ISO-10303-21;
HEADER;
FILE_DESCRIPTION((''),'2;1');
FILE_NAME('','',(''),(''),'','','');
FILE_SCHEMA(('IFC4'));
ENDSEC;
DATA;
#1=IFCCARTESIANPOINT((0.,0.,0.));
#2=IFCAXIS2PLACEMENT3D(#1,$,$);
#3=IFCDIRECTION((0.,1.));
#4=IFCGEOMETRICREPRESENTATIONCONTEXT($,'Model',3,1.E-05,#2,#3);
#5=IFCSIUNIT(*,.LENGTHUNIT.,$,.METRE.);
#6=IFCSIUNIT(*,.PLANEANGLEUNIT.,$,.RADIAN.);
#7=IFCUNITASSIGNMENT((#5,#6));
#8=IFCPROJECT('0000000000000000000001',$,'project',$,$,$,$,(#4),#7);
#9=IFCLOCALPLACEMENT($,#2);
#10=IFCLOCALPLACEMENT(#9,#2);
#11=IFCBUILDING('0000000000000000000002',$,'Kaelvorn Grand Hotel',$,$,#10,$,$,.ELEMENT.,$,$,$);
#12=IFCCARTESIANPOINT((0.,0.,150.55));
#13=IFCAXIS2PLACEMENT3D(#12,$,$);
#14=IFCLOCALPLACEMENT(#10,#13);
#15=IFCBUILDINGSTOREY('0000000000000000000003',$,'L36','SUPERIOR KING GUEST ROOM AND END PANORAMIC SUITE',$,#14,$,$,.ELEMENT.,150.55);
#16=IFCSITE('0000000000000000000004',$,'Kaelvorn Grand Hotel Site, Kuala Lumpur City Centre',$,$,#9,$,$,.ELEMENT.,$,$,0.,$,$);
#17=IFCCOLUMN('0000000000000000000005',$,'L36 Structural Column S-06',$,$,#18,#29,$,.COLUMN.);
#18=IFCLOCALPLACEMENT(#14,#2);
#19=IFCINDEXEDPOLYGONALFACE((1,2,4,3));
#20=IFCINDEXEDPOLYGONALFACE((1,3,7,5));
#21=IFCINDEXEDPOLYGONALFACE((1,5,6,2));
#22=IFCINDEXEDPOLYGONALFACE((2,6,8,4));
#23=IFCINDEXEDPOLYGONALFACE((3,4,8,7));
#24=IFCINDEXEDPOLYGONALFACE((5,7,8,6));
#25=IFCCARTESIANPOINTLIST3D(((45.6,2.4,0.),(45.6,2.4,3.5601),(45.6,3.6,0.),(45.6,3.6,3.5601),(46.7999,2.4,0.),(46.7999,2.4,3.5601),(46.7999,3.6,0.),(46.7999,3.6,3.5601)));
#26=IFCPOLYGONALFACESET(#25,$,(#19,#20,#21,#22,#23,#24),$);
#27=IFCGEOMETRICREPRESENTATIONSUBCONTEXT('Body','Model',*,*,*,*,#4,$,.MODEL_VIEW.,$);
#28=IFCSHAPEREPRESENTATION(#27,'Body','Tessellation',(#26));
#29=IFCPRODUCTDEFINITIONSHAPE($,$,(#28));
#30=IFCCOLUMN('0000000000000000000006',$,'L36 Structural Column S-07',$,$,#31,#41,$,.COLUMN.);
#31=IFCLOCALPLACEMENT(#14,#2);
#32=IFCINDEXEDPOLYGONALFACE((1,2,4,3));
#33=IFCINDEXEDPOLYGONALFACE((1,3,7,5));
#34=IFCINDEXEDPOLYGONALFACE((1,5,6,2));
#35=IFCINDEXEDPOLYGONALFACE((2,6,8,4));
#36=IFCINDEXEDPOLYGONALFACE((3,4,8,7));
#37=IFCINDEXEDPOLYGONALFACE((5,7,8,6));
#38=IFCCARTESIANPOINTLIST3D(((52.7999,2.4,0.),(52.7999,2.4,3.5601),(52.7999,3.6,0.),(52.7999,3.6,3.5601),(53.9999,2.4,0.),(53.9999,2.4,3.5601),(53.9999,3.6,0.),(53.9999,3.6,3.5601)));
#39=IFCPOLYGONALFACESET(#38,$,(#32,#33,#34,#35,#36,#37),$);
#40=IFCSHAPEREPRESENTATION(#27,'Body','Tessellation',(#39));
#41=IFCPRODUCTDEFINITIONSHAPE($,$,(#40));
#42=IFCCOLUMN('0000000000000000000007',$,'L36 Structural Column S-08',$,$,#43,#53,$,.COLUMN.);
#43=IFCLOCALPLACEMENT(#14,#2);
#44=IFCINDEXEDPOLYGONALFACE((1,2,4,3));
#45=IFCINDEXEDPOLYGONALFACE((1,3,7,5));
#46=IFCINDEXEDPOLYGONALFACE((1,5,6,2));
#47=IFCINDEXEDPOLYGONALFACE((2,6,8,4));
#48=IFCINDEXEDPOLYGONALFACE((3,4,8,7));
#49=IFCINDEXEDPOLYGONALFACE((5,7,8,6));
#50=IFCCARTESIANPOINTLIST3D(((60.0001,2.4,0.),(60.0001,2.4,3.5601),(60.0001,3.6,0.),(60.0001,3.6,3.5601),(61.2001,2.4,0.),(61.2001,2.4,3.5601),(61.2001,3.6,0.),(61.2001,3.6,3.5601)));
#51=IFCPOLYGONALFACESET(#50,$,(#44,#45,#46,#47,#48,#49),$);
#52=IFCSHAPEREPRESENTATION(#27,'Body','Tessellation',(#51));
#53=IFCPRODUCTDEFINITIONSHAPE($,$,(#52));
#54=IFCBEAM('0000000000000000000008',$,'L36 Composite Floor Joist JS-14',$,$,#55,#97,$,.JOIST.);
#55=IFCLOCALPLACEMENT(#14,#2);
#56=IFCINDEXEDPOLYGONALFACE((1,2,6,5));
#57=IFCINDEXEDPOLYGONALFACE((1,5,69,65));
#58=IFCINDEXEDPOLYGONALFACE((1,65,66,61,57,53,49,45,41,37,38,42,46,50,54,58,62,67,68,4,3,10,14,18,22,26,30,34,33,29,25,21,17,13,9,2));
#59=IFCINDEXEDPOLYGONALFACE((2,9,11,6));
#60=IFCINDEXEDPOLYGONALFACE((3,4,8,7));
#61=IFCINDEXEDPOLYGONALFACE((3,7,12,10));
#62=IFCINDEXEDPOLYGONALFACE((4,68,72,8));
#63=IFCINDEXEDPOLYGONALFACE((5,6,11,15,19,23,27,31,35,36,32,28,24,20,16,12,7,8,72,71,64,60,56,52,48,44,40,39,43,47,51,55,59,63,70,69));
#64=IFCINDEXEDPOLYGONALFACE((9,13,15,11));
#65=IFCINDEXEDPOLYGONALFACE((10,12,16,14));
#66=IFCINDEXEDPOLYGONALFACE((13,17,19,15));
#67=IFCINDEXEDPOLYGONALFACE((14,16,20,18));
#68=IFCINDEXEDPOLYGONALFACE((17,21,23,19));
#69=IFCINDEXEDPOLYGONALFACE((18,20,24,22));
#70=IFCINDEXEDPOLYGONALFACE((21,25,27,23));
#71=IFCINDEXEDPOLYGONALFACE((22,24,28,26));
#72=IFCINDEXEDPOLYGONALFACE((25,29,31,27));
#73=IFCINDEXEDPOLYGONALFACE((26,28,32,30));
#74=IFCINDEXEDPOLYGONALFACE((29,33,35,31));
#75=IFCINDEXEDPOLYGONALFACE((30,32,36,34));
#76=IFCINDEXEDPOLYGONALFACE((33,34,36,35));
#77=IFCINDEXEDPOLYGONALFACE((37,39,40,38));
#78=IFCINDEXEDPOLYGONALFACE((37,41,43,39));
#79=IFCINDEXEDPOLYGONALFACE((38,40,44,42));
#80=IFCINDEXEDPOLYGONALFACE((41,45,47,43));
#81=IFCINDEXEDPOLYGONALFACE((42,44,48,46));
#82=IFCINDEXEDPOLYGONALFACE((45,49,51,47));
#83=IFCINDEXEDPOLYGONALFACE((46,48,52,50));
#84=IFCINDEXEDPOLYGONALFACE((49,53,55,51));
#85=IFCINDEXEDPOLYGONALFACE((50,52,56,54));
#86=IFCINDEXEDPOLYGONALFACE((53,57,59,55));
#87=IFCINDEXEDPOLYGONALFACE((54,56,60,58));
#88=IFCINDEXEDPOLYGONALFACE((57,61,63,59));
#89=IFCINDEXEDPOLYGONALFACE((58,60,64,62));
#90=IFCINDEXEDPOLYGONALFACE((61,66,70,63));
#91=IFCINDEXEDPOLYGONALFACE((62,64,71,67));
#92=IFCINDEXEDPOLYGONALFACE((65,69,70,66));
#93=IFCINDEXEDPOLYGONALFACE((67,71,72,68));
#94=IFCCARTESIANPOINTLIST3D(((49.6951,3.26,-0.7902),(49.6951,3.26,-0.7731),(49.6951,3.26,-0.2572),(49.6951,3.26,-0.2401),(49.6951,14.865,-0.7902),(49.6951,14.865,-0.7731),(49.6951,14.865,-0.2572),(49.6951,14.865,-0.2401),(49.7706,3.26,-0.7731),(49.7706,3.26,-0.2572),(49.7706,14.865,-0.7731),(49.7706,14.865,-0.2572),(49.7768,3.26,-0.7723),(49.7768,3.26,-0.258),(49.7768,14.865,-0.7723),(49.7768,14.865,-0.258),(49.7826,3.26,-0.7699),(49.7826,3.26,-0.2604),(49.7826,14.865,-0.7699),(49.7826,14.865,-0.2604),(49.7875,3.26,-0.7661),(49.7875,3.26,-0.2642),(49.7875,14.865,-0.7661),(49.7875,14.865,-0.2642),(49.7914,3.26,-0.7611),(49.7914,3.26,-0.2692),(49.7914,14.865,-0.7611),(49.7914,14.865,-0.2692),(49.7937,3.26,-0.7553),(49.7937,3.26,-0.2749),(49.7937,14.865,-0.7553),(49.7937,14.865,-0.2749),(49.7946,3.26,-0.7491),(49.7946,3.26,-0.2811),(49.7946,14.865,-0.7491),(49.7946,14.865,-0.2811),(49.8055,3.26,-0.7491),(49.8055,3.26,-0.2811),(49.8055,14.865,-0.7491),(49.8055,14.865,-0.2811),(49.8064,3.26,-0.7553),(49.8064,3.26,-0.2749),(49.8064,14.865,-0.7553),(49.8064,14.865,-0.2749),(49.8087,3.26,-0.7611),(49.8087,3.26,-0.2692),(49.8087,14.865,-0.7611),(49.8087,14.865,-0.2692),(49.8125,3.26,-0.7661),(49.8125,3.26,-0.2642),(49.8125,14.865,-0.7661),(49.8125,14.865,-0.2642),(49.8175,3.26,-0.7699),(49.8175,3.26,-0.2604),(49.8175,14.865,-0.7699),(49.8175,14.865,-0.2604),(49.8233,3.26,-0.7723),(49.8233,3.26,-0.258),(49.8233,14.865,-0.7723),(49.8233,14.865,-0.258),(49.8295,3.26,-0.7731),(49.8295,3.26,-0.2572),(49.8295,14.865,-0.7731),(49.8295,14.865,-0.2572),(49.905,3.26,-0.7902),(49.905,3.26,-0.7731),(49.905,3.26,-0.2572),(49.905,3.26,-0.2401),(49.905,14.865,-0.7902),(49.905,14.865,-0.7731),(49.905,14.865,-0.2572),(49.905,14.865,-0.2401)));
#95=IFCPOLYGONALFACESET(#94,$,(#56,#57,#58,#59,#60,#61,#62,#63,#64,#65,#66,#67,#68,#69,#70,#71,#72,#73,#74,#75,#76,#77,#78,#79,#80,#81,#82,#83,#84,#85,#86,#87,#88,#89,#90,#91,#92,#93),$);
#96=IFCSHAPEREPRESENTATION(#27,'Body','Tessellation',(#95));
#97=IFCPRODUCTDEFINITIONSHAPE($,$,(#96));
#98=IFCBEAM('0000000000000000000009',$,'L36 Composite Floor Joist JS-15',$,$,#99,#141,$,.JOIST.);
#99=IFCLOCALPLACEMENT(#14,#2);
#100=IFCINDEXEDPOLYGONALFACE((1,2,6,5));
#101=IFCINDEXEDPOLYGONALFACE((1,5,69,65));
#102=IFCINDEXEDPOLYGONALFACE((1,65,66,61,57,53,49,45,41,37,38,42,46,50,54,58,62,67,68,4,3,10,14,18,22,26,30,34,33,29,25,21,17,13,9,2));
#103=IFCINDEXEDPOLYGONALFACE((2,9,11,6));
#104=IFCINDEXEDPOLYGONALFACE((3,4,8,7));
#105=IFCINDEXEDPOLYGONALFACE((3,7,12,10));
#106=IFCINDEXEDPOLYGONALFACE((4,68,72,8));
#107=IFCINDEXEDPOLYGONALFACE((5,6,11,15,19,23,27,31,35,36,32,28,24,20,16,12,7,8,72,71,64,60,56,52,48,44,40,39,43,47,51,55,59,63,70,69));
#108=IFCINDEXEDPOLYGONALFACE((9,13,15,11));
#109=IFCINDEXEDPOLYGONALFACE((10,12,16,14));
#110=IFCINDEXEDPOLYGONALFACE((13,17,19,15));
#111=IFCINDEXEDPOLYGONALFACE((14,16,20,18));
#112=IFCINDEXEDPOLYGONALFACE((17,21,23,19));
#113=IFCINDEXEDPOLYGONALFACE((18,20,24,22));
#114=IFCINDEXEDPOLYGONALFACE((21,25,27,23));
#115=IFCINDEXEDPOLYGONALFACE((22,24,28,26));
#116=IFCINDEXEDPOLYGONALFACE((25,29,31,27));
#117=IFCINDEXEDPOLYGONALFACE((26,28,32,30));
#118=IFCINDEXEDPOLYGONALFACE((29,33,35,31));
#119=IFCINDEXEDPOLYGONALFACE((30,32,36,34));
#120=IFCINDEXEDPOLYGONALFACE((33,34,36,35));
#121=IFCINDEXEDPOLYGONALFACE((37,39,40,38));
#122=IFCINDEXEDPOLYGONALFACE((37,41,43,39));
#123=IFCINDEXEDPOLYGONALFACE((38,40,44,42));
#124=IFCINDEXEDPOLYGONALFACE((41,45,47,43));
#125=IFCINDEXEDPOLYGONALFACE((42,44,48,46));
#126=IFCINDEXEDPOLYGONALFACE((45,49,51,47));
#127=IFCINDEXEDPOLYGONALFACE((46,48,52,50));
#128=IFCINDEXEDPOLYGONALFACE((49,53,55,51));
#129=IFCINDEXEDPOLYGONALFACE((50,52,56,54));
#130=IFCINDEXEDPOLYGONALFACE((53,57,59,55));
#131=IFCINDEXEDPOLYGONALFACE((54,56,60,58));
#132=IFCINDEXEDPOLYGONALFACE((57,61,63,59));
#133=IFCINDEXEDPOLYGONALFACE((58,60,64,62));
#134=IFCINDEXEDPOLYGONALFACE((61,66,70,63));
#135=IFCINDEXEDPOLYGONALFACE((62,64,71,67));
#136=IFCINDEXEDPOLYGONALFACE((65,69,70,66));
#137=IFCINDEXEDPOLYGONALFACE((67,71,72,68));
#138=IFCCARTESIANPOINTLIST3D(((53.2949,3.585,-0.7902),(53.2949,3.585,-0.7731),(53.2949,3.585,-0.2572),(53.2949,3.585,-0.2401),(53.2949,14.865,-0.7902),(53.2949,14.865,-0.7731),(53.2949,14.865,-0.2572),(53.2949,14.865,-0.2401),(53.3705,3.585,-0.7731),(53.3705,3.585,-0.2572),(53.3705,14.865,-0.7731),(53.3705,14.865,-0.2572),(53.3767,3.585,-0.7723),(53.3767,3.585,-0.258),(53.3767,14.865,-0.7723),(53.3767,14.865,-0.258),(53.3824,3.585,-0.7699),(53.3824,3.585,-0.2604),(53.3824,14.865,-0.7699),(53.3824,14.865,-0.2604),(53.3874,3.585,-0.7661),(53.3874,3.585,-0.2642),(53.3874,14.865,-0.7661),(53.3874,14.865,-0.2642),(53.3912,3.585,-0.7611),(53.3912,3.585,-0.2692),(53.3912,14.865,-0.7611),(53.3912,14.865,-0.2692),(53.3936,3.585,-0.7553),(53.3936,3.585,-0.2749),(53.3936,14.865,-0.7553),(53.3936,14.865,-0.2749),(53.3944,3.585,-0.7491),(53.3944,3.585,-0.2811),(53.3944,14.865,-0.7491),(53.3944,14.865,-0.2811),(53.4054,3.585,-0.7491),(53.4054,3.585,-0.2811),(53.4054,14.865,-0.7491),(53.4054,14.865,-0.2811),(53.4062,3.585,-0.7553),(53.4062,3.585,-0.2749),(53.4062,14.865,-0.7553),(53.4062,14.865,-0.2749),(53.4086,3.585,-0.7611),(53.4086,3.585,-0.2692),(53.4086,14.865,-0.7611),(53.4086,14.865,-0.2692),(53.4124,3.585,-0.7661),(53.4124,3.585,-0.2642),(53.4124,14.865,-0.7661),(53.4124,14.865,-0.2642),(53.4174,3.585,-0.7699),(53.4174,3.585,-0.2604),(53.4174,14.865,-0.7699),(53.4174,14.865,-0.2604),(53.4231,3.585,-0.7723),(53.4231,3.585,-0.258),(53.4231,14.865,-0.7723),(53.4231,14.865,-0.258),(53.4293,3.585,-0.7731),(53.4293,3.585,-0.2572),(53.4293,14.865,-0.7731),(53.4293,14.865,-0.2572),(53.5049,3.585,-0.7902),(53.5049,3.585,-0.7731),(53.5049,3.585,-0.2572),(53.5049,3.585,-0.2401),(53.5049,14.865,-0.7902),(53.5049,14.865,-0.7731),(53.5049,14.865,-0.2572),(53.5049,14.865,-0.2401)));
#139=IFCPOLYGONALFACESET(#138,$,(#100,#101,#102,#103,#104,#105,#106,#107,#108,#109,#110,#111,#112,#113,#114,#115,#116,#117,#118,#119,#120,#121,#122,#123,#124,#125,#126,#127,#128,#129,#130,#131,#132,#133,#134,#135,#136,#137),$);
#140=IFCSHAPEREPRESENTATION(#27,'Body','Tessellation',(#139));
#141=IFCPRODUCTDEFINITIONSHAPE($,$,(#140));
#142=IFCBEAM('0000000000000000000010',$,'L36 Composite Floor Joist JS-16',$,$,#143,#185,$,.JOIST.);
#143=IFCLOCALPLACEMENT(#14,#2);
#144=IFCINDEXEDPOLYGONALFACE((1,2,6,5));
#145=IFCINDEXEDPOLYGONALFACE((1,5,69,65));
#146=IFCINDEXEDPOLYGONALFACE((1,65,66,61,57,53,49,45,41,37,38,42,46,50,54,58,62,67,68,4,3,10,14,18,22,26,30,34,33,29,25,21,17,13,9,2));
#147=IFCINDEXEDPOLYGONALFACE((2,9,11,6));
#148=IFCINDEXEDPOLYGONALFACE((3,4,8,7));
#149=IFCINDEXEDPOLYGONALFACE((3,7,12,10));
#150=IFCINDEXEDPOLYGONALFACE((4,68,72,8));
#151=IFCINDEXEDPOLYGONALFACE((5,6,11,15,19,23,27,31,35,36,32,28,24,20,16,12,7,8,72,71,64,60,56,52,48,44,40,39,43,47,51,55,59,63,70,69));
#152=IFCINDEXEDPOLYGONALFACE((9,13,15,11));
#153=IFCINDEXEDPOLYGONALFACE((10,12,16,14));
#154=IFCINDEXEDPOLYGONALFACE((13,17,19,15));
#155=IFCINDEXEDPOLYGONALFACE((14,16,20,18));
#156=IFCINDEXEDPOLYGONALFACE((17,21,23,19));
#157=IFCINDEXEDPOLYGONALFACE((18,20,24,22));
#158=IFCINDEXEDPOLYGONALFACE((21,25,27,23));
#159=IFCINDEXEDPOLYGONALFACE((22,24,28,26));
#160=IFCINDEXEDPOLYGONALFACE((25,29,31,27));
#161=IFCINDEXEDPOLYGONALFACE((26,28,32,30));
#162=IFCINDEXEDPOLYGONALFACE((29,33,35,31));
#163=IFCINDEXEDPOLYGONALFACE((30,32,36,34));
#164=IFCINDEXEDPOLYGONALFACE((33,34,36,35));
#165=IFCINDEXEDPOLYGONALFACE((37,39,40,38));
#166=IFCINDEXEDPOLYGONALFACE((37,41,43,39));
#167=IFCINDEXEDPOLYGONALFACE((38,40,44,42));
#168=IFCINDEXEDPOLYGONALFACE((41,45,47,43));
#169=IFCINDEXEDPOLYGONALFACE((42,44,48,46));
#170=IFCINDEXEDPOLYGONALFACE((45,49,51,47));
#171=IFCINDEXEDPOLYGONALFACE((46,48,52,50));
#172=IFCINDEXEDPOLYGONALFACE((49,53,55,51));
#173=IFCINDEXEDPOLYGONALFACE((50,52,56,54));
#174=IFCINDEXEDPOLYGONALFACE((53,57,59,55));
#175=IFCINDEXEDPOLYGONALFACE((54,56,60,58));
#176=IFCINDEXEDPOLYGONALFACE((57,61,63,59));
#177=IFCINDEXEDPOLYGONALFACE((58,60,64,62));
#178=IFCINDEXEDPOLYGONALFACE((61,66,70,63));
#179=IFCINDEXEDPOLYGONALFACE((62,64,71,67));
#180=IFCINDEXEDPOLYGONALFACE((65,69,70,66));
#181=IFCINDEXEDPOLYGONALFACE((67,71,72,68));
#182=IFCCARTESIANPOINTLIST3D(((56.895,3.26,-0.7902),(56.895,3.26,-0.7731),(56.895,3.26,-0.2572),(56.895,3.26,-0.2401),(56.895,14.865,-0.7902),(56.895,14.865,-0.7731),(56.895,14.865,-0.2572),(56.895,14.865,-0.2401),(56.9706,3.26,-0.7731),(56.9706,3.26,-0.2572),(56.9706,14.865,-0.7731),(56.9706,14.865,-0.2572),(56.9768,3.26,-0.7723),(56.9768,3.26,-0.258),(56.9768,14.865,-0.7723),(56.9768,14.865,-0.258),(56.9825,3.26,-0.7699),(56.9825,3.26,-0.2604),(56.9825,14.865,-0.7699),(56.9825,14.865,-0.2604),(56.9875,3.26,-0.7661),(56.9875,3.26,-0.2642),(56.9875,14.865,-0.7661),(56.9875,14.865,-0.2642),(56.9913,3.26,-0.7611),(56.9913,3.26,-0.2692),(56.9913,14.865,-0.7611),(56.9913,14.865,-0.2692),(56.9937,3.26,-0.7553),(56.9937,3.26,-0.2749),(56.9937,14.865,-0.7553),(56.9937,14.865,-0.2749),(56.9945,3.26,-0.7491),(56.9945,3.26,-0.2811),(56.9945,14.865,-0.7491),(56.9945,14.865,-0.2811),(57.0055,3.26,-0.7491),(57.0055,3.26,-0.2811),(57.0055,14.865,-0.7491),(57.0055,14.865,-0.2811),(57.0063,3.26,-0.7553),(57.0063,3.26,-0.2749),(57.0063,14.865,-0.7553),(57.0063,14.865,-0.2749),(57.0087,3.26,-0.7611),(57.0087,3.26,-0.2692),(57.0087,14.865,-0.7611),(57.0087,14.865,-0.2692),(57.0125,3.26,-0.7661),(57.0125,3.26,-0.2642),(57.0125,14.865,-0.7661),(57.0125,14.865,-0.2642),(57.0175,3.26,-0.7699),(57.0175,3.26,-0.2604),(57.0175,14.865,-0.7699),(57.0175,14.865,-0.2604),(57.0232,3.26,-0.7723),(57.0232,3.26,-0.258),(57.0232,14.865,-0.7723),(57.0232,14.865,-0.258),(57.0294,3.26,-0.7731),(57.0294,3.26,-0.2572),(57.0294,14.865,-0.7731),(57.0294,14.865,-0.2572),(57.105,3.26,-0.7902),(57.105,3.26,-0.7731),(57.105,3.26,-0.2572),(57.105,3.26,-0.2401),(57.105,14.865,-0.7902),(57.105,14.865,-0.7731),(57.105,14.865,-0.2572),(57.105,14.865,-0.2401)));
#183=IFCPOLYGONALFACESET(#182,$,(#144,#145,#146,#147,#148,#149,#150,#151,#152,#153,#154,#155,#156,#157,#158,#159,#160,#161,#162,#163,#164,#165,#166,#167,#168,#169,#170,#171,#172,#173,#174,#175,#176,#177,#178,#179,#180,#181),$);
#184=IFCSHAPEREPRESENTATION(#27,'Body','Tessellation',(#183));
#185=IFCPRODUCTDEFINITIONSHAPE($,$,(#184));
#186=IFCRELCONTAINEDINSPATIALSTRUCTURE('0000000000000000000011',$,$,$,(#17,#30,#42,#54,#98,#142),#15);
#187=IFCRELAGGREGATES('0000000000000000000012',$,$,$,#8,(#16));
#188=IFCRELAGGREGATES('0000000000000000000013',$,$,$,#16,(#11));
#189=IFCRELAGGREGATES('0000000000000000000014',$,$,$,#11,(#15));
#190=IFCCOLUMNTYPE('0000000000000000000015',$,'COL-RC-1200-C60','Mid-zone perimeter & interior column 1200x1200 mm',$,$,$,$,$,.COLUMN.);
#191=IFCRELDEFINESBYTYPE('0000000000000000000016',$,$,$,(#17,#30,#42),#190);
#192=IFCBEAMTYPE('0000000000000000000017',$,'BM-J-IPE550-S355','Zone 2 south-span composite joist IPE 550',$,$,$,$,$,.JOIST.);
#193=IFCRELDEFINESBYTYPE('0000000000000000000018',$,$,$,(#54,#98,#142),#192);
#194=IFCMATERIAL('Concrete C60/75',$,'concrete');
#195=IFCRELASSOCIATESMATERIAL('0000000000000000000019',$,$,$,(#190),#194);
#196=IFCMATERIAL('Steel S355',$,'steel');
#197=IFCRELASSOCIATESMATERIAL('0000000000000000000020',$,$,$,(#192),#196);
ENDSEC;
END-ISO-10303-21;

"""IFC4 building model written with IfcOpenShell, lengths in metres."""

from ifc_helpers import new_model, si_unit, direction, frame, origin, origin_2d, place, context, subcontext, project, spatial, rectangle, i_section, extrude, material, material_profile, profile_set, type_object, element, save


model = new_model("IFC4")

# Units and contexts
model_context = context("Model", 3, precision=1e-05, world=origin(), true_north=direction((0.0, 1.0)))
body_context = subcontext(model_context, "Body", "Model", "MODEL_VIEW")
ifc_project = project(units=[si_unit("LENGTHUNIT", "METRE"), si_unit("PLANEANGLEUNIT", "RADIAN")], contexts=[model_context])

# Site, building, storey
site_placement = place(None, origin())
site = spatial("IfcSite", under=ifc_project, at=site_placement, Name="Kaelvorn Grand Hotel Site, Kuala Lumpur City Centre", CompositionType="ELEMENT", RefElevation=0.0)
building_placement = place(site_placement, origin())
building = spatial("IfcBuilding", under=site, at=building_placement, Name="Kaelvorn Grand Hotel", CompositionType="ELEMENT")
storey_placement = place(building_placement, frame((0.0, 0.0, 150.55)))
storey = spatial("IfcBuildingStorey", under=building, at=storey_placement, Name="L36", Description="SUPERIOR KING GUEST ROOM AND END PANORAMIC SUITE", CompositionType="ELEMENT", Elevation=150.55)

# Columns
ifc_material_1 = material(Name="Concrete C60/75", Category="concrete")
ifc_material_profile_1 = material_profile(ifc_material_1, rectangle(XDim=1.2, YDim=1.2, at=origin_2d()), Name="RC COL 1200x1200")
ifc_profile_set_1 = profile_set([ifc_material_profile_1], Name="Concrete C60/75")
column_type = type_object("IfcColumnType", Name="COL-RC-1200-C60", Description="Mid-zone perimeter & interior column 1200x1200 mm", PredefinedType="COLUMN", material=ifc_profile_set_1)
for number, where, z_axis, x_axis, name in (
    (1, (46.2, 3.0, 0.0), (0.0, 0.0, 1.0), (1.0, 0.0, 0.0), "L36 Structural Column S-06"),
    (2, (53.3999, 3.0, 0.0), (0.0, 0.0, 1.0), (1.0, 0.0, 0.0), "L36 Structural Column S-07"),
    (3, (60.6001, 3.0, 0.0), (0.0, 0.0, 1.0), (1.0, 0.0, 0.0), "L36 Structural Column S-08"),
):
    element("IfcColumn", number, at=place(storey_placement, frame(where, z_axis=z_axis, x_axis=x_axis)), inside=storey, type_object=column_type, Name=name, PredefinedType="COLUMN", context=body_context, shape_type="SweptSolid", body=[
        extrude(rectangle(XDim=1.2, YDim=1.2, at=origin_2d()), origin(), (0.0, 0.0, 1.0), 3.5601),
    ])

# Beams
ifc_material_2 = material(Name="Steel S355", Category="steel")
ifc_material_profile_2 = material_profile(ifc_material_2, i_section(OverallWidth=0.21, OverallDepth=0.55, WebThickness=0.011, FlangeThickness=0.0171, FilletRadius=0.0239, at=origin_2d()), Name="IPE 550")
ifc_profile_set_2 = profile_set([ifc_material_profile_2], Name="Steel S355")
beam_type_1 = type_object("IfcBeamType", Name="BM-J-IPE550-S355", Description="Zone 2 south-span composite joist IPE 550", PredefinedType="JOIST", material=ifc_profile_set_2)
beam_1_placement = place(storey_placement, frame((49.8, 3.26, -0.5151), z_axis=(0.0, 1.0, 0.0), x_axis=(-1.0, 0.0, 0.0)))
element("IfcBeam", 4, at=beam_1_placement, inside=storey, type_object=beam_type_1, Name="L36 Composite Floor Joist JS-14", PredefinedType="JOIST", context=body_context, shape_type="SweptSolid", body=[
    extrude(i_section(OverallWidth=0.21, OverallDepth=0.55, WebThickness=0.011, FlangeThickness=0.0171, FilletRadius=0.0239, at=origin_2d()), origin(), (0.0, 0.0, 1.0), 11.605),
])
beam_2_placement = place(storey_placement, frame((53.3999, 3.585, -0.5151), z_axis=(0.0, 1.0, 0.0), x_axis=(-1.0, 0.0, 0.0)))
element("IfcBeam", 5, at=beam_2_placement, inside=storey, type_object=beam_type_1, Name="L36 Composite Floor Joist JS-15", PredefinedType="JOIST", context=body_context, shape_type="SweptSolid", body=[
    extrude(i_section(OverallWidth=0.21, OverallDepth=0.55, WebThickness=0.011, FlangeThickness=0.0171, FilletRadius=0.0239, at=origin_2d()), origin(), (0.0, 0.0, 1.0), 11.28),
])
beam_3_placement = place(storey_placement, frame((57.0, 3.26, -0.5151), z_axis=(0.0, 1.0, 0.0), x_axis=(-1.0, 0.0, 0.0)))
element("IfcBeam", 6, at=beam_3_placement, inside=storey, type_object=beam_type_1, Name="L36 Composite Floor Joist JS-16", PredefinedType="JOIST", context=body_context, shape_type="SweptSolid", body=[
    extrude(i_section(OverallWidth=0.21, OverallDepth=0.55, WebThickness=0.011, FlangeThickness=0.0171, FilletRadius=0.0239, at=origin_2d()), origin(), (0.0, 0.0, 1.0), 11.605),
])

save(model, "model.ifc")
